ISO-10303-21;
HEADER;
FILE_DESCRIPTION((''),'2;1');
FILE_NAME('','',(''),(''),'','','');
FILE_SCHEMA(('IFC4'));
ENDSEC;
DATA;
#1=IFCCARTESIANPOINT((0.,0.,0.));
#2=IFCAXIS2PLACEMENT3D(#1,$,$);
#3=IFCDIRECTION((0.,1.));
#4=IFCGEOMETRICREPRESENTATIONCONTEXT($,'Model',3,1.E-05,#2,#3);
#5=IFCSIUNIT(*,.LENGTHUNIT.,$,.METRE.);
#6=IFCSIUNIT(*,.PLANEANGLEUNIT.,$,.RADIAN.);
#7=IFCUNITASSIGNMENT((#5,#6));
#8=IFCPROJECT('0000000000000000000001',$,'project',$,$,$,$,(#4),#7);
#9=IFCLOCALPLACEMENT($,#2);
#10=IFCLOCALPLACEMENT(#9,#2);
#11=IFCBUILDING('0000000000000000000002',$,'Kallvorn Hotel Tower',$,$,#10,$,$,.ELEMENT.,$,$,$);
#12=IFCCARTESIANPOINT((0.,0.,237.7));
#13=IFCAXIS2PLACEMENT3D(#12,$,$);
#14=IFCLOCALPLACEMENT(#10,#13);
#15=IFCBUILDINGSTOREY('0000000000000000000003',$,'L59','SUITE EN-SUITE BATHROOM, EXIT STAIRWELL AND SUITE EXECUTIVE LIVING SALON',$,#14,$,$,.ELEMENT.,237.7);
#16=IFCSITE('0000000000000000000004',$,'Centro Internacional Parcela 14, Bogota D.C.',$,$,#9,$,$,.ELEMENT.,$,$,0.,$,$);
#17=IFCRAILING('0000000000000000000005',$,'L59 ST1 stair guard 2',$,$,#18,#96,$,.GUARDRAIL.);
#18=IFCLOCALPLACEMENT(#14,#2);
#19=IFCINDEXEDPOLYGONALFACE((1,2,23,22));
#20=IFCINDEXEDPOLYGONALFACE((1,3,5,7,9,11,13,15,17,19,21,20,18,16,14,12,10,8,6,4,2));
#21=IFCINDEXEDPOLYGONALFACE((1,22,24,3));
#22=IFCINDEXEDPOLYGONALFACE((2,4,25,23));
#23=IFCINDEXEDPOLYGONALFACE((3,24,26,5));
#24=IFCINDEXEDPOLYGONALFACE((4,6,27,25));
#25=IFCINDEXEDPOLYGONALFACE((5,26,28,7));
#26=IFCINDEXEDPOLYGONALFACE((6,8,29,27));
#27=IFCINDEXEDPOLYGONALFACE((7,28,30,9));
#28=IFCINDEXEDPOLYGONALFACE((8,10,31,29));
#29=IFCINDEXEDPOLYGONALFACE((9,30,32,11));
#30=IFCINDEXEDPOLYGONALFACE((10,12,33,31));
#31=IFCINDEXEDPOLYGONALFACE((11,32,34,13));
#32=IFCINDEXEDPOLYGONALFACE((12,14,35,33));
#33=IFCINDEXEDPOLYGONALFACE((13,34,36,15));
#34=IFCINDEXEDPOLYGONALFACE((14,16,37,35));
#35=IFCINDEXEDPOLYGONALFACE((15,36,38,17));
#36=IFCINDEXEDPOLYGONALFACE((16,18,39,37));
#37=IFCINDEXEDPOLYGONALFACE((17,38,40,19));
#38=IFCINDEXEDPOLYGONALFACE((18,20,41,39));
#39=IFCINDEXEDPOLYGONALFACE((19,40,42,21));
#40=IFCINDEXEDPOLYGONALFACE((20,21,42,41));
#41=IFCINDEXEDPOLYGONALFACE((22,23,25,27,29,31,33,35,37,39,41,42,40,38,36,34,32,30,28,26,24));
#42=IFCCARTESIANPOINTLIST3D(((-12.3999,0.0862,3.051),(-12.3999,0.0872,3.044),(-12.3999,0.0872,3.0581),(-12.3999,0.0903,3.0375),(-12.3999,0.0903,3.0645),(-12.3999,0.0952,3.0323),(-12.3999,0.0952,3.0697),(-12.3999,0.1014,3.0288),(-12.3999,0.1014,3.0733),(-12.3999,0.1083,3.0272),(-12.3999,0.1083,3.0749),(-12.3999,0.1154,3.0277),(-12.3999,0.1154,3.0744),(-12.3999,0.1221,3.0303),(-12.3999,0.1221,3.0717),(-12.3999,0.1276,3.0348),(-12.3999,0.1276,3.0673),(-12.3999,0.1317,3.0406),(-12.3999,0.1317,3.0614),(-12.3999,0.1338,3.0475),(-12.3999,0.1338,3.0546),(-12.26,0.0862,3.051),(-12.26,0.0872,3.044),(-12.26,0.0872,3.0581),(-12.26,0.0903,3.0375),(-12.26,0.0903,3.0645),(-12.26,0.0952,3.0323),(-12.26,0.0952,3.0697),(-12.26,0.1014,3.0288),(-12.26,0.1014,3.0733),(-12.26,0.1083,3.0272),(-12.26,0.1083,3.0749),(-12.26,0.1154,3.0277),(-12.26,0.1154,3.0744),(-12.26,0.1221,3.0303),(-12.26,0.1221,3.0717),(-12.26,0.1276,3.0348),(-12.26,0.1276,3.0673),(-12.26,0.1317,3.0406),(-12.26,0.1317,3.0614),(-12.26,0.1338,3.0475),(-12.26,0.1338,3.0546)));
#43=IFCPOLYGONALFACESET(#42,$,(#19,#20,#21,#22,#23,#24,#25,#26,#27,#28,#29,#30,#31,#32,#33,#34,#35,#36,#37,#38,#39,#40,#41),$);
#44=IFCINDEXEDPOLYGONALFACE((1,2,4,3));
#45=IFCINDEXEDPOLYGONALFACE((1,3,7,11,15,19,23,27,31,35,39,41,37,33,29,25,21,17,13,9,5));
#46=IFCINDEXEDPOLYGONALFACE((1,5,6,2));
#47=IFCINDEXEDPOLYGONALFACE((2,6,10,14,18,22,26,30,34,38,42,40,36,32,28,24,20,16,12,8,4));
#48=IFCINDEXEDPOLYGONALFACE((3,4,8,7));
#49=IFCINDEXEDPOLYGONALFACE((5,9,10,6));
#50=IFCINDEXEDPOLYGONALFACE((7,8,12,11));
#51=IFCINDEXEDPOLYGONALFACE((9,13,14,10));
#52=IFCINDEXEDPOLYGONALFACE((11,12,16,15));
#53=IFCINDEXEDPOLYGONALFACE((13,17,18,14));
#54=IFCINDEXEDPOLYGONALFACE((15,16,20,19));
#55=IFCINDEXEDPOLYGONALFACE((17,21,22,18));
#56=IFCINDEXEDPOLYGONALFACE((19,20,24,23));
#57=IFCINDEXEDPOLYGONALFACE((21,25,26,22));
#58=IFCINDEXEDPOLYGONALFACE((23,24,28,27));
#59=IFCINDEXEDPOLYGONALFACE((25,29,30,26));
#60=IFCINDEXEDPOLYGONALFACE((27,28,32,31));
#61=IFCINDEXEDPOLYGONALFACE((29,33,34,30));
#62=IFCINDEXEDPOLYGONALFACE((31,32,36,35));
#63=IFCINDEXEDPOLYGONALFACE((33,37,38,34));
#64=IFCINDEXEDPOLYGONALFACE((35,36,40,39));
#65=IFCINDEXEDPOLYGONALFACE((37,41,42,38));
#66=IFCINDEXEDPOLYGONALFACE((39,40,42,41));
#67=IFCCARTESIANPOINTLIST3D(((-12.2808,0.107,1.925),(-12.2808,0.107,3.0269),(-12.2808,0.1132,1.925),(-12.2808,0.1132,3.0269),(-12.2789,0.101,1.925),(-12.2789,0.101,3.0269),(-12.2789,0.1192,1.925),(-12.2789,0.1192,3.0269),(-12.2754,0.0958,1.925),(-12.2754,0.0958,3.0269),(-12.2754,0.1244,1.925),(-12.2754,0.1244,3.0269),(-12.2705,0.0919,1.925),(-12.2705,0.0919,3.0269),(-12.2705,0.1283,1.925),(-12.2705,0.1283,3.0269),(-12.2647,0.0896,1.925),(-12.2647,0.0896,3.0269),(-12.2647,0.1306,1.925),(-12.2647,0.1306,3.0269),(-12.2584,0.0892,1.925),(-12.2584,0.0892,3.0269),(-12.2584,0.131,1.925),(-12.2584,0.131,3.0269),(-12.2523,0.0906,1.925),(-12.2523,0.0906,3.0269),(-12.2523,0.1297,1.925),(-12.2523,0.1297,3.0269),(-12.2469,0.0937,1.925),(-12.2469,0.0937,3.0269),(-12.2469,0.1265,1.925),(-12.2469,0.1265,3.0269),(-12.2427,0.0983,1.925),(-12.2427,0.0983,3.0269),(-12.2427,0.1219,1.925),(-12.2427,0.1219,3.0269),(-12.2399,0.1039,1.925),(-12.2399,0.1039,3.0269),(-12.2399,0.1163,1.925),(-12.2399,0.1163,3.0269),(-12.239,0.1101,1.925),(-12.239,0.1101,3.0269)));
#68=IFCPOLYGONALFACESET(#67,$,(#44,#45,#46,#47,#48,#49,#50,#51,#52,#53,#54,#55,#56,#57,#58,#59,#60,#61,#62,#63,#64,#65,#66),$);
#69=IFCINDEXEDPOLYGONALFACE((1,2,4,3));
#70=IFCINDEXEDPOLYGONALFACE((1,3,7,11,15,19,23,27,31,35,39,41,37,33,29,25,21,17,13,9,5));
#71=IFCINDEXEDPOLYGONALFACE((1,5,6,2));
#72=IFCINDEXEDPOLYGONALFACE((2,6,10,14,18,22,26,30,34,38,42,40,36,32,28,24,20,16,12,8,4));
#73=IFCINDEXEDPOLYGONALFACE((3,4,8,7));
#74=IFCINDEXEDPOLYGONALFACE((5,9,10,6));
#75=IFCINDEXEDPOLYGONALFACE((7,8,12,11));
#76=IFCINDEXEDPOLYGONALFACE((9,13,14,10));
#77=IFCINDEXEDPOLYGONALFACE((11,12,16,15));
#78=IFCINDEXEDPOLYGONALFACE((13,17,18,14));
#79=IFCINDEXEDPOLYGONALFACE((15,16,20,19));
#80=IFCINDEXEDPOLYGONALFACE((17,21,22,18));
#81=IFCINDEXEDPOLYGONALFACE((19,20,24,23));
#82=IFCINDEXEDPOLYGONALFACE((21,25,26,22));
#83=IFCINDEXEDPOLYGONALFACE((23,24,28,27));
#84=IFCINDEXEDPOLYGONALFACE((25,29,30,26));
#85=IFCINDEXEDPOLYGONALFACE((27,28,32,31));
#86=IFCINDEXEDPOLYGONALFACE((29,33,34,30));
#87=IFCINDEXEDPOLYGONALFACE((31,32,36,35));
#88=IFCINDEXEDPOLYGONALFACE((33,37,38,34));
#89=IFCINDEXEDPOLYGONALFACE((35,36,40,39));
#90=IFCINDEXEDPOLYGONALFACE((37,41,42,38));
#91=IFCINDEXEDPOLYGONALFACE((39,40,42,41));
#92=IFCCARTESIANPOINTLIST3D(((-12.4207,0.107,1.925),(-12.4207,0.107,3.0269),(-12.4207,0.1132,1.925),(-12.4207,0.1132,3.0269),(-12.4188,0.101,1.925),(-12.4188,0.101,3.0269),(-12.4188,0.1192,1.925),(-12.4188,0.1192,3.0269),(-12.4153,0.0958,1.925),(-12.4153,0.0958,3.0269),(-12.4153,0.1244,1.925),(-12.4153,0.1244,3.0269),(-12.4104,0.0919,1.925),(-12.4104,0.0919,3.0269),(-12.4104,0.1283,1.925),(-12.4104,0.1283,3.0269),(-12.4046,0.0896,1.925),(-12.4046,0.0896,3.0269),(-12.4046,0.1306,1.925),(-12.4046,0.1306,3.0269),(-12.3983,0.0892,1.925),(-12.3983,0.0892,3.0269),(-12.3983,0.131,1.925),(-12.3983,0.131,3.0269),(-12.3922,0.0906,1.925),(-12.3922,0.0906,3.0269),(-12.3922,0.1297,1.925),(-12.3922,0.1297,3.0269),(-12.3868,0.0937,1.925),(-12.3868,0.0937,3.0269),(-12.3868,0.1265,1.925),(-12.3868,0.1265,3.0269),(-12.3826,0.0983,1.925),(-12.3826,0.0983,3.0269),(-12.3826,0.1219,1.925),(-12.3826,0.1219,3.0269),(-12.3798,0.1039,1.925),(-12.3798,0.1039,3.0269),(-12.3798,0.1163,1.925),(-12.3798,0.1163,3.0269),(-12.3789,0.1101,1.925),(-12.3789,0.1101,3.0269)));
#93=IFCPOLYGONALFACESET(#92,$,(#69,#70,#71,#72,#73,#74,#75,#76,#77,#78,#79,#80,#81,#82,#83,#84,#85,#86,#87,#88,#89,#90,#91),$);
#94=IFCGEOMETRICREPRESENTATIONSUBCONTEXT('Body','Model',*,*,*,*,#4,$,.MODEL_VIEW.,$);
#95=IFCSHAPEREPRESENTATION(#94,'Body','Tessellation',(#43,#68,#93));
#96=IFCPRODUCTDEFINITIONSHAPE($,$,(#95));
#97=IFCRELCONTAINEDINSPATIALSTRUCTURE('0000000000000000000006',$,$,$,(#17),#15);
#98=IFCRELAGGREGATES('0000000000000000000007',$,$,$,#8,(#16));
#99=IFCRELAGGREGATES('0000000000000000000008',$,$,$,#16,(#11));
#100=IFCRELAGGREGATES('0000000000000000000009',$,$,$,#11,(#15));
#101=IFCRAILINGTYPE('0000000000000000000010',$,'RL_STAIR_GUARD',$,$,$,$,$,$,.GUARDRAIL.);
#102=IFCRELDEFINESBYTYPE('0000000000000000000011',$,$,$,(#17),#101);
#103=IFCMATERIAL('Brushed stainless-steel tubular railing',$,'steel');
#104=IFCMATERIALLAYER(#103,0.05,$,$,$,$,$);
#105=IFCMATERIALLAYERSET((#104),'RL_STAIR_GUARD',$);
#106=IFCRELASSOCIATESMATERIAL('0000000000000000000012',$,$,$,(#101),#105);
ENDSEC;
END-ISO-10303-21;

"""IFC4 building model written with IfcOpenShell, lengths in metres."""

from ifc_helpers import new_model, si_unit, direction, frame, origin, origin_2d, place, context, subcontext, project, spatial, circle, extrude, material, layer, layer_set, type_object, element, save


model = new_model("IFC4")

# Units and contexts
model_context = context("Model", 3, precision=1e-05, world=origin(), true_north=direction((0.0, 1.0)))
body_context = subcontext(model_context, "Body", "Model", "MODEL_VIEW")
ifc_project = project(units=[si_unit("LENGTHUNIT", "METRE"), si_unit("PLANEANGLEUNIT", "RADIAN")], contexts=[model_context])

# Site, building, storey
site_placement = place(None, origin())
site = spatial("IfcSite", under=ifc_project, at=site_placement, Name="Centro Internacional Parcela 14, Bogota D.C.", CompositionType="ELEMENT", RefElevation=0.0)
building_placement = place(site_placement, origin())
building = spatial("IfcBuilding", under=site, at=building_placement, Name="Kallvorn Hotel Tower", CompositionType="ELEMENT")
storey_placement = place(building_placement, frame((0.0, 0.0, 237.7)))
storey = spatial("IfcBuildingStorey", under=building, at=storey_placement, Name="L59", Description="SUITE EN-SUITE BATHROOM, EXIT STAIRWELL AND SUITE EXECUTIVE LIVING SALON", CompositionType="ELEMENT", Elevation=237.7)

# Railing
ifc_material_1 = material(Name="Brushed stainless-steel tubular railing", Category="steel")
ifc_layer_1 = layer(ifc_material_1, 0.05)
ifc_layer_set_1 = layer_set([ifc_layer_1], Name="RL_STAIR_GUARD")
railing_type_1 = type_object("IfcRailingType", Name="RL_STAIR_GUARD", PredefinedType="GUARDRAIL", material=ifc_layer_set_1)
railing_1_placement = place(storey_placement, frame((-12.26, 0.1101, 1.925)))
element("IfcRailing", 1, at=railing_1_placement, inside=storey, type_object=railing_type_1, Name="L59 ST1 stair guard 2", PredefinedType="GUARDRAIL", context=body_context, shape_type="SweptSolid", body=[
    extrude(circle(Radius=0.0239, at=origin_2d()), frame((0.0, 0.0, 1.126), z_axis=(-1.0, 0.0, 0.0), x_axis=(0.0, -1.0, 0.0)), (0.0, 0.0, 1.0), 0.1399),
    extrude(circle(Radius=0.021, at=origin_2d()), origin(), (0.0, 0.0, 1.0), 1.1018),
    extrude(circle(Radius=0.021, at=origin_2d()), frame((-0.1399, 0.0, 0.0)), (0.0, 0.0, 1.0), 1.1018),
])

save(model, "model.ifc")
